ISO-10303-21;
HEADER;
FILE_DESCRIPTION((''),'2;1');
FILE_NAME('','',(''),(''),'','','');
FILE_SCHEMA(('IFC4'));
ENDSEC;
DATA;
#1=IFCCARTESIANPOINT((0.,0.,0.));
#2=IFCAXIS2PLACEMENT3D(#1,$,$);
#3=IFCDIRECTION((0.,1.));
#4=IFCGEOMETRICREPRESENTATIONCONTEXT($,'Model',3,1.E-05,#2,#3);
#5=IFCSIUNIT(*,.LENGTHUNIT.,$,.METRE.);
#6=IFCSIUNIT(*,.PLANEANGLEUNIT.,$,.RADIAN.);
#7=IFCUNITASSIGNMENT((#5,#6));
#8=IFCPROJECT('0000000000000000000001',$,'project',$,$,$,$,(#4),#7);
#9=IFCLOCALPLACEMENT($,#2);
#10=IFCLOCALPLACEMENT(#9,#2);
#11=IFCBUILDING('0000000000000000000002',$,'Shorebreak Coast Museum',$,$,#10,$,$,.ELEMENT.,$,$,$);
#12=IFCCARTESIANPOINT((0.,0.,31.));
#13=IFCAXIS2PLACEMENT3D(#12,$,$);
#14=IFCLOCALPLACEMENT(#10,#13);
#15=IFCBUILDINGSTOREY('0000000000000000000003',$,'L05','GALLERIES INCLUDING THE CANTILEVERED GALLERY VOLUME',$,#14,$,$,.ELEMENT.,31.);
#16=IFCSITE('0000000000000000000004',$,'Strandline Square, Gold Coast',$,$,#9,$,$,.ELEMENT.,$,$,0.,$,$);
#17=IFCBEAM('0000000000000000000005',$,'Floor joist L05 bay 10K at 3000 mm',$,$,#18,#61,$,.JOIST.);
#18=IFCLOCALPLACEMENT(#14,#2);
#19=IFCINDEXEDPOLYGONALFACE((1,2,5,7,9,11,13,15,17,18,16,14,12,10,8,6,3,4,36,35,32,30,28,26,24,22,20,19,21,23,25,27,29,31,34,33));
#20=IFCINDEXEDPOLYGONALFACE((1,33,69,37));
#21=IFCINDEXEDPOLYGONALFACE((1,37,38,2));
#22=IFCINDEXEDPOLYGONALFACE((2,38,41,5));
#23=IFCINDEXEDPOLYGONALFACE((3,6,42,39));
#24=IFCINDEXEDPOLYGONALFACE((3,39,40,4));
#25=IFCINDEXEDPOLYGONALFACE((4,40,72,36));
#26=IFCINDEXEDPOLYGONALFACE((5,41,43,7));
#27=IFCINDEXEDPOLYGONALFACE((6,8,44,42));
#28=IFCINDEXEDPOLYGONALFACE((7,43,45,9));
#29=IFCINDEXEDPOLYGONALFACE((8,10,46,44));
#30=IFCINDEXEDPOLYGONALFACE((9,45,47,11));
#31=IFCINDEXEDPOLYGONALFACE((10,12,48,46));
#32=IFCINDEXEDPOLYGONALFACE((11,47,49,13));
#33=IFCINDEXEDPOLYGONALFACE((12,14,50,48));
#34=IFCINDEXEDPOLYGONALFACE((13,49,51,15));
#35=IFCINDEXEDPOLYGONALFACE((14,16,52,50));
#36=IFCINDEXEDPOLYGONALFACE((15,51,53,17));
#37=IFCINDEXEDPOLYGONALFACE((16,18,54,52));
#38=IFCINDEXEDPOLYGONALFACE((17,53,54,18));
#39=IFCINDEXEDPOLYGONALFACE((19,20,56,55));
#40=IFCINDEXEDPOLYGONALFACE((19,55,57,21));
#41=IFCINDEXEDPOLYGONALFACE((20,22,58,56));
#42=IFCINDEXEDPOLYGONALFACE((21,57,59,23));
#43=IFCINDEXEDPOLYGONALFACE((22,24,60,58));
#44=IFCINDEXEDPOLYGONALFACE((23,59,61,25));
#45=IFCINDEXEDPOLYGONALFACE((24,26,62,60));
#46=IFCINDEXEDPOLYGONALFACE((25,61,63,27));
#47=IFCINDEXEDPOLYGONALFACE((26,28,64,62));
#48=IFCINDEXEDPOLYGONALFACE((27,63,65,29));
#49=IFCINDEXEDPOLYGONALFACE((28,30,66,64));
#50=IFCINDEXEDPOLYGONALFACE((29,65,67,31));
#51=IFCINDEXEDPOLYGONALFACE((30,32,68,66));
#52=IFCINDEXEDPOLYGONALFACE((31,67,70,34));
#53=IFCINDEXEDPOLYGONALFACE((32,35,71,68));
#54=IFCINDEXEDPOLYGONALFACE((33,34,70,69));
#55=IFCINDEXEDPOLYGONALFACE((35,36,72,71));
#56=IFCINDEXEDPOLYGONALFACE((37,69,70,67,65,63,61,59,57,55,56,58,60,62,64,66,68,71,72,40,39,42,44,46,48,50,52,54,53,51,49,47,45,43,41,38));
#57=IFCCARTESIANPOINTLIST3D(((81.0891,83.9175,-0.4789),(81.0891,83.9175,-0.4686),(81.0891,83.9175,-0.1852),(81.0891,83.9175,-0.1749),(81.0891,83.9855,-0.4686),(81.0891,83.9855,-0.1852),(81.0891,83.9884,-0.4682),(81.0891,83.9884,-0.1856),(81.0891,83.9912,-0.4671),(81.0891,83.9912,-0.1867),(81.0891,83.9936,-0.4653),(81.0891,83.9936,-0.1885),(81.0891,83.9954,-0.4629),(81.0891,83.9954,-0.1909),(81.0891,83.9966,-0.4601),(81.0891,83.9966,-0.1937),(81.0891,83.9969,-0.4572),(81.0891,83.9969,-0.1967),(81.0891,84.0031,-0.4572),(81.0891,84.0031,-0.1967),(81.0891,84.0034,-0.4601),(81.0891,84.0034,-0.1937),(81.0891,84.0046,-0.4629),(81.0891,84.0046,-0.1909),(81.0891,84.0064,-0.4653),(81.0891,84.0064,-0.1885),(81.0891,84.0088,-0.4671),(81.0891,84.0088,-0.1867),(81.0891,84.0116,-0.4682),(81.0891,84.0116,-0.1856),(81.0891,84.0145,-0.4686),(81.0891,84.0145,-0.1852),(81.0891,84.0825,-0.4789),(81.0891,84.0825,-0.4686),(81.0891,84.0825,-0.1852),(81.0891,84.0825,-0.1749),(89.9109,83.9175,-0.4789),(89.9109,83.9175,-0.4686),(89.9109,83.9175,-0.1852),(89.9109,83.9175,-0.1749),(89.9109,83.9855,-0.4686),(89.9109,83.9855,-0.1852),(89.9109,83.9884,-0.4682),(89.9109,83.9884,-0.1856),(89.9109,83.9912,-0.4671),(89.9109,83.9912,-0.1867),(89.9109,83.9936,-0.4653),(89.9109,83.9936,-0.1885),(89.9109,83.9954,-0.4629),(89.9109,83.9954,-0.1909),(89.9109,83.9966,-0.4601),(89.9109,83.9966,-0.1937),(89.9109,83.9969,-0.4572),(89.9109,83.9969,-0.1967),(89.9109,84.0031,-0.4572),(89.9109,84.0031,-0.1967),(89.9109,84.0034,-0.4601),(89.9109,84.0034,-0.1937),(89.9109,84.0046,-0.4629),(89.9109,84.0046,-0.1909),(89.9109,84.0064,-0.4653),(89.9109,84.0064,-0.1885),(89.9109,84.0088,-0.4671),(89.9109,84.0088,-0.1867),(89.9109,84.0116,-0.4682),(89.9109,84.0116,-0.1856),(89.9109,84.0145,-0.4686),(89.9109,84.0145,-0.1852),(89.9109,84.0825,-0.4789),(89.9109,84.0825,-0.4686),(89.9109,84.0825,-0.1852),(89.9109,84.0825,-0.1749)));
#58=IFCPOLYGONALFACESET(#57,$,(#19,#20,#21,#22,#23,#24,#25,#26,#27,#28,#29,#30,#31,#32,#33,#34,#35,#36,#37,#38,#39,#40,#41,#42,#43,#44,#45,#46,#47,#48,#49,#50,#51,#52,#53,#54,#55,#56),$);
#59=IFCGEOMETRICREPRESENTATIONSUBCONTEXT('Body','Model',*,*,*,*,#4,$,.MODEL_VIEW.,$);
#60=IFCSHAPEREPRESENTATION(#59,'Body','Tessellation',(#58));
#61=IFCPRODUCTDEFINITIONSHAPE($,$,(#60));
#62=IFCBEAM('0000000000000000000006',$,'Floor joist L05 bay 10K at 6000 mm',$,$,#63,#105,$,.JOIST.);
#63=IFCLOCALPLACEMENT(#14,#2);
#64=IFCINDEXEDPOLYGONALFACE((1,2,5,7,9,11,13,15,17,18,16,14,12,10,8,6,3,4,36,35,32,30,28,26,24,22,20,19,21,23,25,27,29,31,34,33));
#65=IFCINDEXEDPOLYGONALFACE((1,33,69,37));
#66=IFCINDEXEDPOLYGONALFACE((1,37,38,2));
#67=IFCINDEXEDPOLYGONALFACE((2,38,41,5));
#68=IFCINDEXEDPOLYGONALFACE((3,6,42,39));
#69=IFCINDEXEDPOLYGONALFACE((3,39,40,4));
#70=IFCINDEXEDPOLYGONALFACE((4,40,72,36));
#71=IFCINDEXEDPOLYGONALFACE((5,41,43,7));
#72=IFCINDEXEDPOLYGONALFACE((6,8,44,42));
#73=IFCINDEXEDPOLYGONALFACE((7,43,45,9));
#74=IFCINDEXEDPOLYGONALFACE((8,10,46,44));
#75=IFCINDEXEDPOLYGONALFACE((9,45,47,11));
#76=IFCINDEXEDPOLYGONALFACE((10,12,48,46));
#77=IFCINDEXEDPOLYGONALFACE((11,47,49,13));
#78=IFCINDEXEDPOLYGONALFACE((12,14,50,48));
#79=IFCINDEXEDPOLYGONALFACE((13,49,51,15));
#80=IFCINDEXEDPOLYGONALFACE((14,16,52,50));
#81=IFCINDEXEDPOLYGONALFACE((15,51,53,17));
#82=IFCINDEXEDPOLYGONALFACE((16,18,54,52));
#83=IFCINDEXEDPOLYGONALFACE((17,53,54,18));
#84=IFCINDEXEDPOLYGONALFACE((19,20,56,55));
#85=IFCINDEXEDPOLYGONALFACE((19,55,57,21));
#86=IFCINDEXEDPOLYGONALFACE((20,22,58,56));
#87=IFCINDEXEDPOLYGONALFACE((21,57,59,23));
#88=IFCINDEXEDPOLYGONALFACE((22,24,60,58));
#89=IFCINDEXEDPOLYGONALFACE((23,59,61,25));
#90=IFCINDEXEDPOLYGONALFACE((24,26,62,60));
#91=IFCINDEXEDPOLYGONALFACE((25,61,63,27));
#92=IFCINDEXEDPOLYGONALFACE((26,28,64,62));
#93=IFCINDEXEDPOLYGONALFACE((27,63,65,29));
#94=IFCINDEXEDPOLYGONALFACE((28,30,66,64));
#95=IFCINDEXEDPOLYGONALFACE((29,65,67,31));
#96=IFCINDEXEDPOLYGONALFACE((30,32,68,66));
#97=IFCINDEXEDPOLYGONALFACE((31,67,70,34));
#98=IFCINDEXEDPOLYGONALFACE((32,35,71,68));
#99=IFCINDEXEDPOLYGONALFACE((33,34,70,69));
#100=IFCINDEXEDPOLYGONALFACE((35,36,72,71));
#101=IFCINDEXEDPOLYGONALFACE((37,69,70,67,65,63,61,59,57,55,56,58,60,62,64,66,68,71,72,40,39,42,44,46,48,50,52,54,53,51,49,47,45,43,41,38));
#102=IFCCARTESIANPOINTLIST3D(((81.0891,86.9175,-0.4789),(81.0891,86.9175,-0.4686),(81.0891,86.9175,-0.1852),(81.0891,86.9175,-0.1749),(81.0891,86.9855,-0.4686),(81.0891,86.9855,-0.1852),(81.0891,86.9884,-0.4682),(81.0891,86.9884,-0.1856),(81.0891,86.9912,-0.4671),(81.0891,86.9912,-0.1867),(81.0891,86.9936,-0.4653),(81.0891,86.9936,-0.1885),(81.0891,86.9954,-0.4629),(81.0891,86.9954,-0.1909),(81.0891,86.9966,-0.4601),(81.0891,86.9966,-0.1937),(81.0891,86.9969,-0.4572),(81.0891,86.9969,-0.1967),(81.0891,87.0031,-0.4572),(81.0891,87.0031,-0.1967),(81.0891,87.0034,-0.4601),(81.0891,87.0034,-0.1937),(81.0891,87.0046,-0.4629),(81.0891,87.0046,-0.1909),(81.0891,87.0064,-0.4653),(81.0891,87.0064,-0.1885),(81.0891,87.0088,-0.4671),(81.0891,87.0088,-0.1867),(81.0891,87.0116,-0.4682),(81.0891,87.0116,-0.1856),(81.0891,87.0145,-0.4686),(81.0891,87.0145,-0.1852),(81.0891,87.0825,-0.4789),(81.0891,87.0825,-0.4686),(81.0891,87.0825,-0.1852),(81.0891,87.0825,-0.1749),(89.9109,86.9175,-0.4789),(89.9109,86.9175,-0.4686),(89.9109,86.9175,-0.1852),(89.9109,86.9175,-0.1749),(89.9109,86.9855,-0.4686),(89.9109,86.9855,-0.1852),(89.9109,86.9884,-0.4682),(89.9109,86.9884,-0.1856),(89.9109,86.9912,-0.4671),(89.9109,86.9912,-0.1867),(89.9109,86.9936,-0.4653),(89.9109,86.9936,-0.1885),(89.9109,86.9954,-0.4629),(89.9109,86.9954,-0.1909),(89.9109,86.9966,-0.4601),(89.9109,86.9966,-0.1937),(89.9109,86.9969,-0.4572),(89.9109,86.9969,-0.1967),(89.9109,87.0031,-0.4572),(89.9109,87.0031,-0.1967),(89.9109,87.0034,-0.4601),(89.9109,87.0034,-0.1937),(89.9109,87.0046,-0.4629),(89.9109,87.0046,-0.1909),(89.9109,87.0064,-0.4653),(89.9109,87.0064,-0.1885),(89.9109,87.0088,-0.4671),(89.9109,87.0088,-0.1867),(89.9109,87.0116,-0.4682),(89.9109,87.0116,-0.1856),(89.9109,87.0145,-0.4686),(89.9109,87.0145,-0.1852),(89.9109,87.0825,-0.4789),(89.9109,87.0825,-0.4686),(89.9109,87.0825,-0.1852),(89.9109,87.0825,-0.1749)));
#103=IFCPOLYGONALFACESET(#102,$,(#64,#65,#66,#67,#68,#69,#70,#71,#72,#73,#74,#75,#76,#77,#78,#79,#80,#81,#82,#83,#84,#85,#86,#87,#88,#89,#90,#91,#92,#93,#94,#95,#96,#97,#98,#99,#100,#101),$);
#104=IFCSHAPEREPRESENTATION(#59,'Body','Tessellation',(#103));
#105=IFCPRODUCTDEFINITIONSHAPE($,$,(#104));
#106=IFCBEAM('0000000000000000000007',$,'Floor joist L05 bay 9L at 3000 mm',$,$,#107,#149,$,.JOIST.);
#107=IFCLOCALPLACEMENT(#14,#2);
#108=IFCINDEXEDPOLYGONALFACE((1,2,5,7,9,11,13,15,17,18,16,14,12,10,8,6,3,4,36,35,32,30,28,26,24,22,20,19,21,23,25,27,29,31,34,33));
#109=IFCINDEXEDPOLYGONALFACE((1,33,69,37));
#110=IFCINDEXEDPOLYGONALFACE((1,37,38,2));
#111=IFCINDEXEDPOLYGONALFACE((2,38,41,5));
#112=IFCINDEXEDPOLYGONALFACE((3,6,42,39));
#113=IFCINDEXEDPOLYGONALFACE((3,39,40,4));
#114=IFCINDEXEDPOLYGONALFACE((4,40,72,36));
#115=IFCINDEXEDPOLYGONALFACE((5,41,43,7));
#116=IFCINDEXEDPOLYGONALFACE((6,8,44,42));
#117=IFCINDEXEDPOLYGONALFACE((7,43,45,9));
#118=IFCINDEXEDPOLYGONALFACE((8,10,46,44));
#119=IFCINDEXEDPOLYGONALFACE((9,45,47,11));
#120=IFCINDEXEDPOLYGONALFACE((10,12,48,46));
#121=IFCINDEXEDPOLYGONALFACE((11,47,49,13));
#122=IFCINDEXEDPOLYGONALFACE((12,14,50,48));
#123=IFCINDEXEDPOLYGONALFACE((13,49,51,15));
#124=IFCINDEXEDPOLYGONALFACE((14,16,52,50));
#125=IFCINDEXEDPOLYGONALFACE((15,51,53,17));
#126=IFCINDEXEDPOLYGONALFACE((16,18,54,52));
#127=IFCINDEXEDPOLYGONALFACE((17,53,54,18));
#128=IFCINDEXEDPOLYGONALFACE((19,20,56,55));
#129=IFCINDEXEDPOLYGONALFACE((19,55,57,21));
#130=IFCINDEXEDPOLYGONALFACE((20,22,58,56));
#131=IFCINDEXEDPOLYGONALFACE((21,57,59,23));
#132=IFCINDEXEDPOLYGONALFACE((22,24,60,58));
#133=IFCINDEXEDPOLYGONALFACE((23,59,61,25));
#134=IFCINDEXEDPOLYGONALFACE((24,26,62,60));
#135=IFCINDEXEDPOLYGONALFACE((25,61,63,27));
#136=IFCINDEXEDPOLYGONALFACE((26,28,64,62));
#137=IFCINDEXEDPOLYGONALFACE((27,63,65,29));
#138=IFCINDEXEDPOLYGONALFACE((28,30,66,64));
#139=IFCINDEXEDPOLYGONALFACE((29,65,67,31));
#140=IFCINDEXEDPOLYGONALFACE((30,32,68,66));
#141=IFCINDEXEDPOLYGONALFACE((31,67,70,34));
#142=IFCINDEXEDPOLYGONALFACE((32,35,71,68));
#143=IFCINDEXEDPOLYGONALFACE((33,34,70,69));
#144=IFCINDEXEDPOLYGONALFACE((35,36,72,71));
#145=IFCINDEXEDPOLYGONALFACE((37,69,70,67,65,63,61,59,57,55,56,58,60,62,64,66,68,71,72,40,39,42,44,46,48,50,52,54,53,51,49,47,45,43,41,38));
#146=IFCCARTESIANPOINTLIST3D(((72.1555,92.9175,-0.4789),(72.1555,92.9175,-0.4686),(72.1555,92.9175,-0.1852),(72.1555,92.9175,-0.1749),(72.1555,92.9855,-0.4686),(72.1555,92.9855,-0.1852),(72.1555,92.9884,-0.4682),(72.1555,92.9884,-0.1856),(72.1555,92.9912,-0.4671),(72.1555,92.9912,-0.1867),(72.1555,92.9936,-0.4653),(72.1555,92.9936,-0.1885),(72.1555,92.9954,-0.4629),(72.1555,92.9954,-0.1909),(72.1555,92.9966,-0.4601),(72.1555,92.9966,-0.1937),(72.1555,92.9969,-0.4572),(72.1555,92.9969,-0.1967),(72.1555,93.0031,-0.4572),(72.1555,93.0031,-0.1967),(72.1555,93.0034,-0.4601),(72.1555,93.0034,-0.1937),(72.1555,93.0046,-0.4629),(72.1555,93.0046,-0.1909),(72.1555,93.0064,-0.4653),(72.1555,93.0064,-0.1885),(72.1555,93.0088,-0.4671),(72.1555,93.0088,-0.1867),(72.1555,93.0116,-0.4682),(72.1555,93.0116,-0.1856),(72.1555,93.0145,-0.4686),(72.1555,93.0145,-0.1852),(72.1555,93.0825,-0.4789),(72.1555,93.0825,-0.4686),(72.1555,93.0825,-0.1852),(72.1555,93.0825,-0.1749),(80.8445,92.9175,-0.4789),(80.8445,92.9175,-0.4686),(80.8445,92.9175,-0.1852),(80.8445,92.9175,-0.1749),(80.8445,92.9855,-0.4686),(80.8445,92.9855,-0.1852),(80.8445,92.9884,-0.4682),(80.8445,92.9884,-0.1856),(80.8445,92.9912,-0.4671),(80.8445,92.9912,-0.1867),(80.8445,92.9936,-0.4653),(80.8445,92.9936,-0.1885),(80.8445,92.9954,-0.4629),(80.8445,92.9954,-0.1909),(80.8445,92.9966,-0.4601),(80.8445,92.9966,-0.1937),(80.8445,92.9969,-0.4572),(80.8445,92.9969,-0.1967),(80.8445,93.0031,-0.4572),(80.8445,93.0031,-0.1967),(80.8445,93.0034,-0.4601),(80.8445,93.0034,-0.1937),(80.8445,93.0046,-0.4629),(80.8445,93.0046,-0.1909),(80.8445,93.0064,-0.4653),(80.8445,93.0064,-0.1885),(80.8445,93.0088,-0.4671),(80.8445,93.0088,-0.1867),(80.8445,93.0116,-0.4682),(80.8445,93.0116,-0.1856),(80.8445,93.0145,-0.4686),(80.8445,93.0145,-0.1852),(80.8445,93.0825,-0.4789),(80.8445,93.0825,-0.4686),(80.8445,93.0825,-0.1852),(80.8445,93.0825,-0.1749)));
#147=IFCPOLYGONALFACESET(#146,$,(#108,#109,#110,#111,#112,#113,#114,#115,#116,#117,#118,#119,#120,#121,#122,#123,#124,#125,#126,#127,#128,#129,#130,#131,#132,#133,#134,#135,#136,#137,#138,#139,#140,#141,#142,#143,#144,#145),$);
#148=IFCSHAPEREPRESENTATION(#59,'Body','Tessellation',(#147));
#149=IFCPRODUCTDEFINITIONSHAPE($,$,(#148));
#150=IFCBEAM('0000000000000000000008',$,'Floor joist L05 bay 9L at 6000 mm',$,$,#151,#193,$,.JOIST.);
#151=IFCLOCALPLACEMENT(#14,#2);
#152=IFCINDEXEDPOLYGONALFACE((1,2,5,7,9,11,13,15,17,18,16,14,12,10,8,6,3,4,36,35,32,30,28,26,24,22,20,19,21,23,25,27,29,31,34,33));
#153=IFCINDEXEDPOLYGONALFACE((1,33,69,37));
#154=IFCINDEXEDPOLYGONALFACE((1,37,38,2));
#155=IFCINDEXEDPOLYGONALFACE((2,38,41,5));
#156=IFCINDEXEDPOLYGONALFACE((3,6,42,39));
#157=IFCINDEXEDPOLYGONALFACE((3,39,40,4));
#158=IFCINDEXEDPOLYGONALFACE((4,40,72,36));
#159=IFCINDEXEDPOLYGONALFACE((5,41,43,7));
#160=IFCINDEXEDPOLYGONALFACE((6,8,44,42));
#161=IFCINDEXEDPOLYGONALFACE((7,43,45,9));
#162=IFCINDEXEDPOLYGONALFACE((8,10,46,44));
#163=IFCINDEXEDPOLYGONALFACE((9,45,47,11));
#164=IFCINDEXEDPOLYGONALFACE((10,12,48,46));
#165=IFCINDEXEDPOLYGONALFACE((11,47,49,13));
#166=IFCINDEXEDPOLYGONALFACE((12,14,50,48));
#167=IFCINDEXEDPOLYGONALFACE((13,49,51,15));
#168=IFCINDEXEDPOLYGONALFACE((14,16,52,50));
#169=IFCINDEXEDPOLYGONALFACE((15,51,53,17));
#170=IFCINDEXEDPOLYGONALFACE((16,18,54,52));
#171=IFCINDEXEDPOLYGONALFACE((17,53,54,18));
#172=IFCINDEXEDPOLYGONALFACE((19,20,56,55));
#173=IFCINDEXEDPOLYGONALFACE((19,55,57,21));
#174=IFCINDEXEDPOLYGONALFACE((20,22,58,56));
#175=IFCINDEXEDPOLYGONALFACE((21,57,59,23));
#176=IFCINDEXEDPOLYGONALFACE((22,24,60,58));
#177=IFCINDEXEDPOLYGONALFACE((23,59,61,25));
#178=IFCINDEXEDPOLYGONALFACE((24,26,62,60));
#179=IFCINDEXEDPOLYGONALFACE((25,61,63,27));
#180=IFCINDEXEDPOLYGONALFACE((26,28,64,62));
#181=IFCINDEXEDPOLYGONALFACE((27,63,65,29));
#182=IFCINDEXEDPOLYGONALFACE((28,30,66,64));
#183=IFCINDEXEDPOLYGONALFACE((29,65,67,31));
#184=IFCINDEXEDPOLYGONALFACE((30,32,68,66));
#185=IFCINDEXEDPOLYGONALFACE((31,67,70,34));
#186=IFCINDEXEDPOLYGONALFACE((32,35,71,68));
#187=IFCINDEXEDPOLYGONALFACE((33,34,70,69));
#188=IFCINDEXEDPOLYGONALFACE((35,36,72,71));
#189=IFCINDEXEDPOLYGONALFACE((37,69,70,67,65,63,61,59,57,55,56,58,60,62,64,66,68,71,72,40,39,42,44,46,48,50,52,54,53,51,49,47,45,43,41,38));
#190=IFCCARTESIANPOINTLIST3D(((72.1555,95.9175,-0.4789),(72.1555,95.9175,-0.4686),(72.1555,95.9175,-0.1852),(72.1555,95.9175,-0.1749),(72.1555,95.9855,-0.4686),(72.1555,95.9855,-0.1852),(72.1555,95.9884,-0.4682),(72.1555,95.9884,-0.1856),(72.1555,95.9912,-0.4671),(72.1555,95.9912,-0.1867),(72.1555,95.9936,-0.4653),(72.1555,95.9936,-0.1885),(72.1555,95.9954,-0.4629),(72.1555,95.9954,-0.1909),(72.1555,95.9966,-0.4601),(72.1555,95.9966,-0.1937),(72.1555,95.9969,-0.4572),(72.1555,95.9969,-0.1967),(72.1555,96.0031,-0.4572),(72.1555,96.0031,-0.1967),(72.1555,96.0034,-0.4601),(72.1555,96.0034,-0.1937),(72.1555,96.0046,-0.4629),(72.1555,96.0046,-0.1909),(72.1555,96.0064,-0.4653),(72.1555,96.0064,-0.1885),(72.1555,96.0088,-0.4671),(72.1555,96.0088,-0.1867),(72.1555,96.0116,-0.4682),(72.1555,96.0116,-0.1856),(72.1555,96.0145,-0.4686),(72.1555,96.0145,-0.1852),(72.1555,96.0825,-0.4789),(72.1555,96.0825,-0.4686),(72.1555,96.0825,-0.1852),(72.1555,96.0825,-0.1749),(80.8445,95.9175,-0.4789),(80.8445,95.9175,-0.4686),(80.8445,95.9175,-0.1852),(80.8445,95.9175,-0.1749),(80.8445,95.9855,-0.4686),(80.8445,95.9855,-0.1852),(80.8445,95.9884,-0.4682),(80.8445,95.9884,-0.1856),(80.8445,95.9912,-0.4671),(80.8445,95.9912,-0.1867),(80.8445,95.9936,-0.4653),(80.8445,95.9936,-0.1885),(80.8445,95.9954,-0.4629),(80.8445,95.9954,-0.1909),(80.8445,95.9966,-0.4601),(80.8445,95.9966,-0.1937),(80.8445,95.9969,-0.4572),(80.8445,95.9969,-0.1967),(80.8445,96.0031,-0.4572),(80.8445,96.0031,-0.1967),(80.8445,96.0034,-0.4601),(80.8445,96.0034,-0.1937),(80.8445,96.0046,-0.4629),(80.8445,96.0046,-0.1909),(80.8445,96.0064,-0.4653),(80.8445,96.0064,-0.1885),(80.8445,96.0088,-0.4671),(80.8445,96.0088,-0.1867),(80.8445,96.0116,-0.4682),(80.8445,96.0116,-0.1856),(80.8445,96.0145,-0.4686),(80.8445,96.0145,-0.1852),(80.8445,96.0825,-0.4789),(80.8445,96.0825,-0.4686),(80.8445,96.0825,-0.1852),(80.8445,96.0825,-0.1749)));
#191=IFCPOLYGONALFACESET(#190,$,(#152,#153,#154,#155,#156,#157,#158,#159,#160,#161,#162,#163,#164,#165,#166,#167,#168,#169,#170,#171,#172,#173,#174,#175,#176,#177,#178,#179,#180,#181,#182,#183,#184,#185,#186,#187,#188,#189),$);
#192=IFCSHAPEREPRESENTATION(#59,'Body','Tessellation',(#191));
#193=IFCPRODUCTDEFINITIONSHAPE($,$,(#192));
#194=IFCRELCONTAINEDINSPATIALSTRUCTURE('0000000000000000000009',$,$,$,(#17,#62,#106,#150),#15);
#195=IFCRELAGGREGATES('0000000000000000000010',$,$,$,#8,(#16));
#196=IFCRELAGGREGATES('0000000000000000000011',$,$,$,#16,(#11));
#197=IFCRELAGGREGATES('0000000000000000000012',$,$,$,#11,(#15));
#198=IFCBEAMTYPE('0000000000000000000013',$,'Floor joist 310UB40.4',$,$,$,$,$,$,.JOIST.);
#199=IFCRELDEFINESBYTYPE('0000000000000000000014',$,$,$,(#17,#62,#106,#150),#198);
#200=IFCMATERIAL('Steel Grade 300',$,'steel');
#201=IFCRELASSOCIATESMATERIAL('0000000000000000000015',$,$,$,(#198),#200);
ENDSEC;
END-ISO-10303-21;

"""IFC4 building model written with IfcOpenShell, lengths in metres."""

from ifc_helpers import new_model, si_unit, direction, frame, origin, origin_2d, place, context, subcontext, project, spatial, i_section, extrude, material, material_profile, profile_set, type_object, element, save


model = new_model("IFC4")

# Units and contexts
model_context = context("Model", 3, precision=1e-05, world=origin(), true_north=direction((0.0, 1.0)))
body_context = subcontext(model_context, "Body", "Model", "MODEL_VIEW")
ifc_project = project(units=[si_unit("LENGTHUNIT", "METRE"), si_unit("PLANEANGLEUNIT", "RADIAN")], contexts=[model_context])

# Site, building, storey
site_placement = place(None, origin())
site = spatial("IfcSite", under=ifc_project, at=site_placement, Name="Strandline Square, Gold Coast", CompositionType="ELEMENT", RefElevation=0.0)
building_placement = place(site_placement, origin())
building = spatial("IfcBuilding", under=site, at=building_placement, Name="Shorebreak Coast Museum", CompositionType="ELEMENT")
storey_placement = place(building_placement, frame((0.0, 0.0, 31.0)))
storey = spatial("IfcBuildingStorey", under=building, at=storey_placement, Name="L05", Description="GALLERIES INCLUDING THE CANTILEVERED GALLERY VOLUME", CompositionType="ELEMENT", Elevation=31.0)

# Beams
ifc_material_1 = material(Name="Steel Grade 300", Category="steel")
ifc_material_profile_1 = material_profile(ifc_material_1, i_section(OverallWidth=0.165, OverallDepth=0.304, WebThickness=0.0061, FlangeThickness=0.0103, FilletRadius=0.0115, at=origin_2d()), Name="310UB40.4")
ifc_profile_set_1 = profile_set([ifc_material_profile_1], Name="Steel Grade 300")
beam_type_1 = type_object("IfcBeamType", Name="Floor joist 310UB40.4", PredefinedType="JOIST", material=ifc_profile_set_1)
for number, where, z_axis, x_axis, name in (
    (1, (81.0891, 84.0, -0.3269), (1.0, 0.0, 0.0), (0.0, 1.0, 0.0), "Floor joist L05 bay 10K at 3000 mm"),
    (2, (81.0891, 87.0, -0.3269), (1.0, 0.0, 0.0), (0.0, 1.0, 0.0), "Floor joist L05 bay 10K at 6000 mm"),
):
    element("IfcBeam", number, at=place(storey_placement, frame(where, z_axis=z_axis, x_axis=x_axis)), inside=storey, type_object=beam_type_1, Name=name, PredefinedType="JOIST", context=body_context, shape_type="SweptSolid", body=[
        extrude(i_section(OverallWidth=0.165, OverallDepth=0.304, WebThickness=0.0061, FlangeThickness=0.0103, FilletRadius=0.0115, at=origin_2d()), origin(), (0.0, 0.0, 1.0), 8.8218),
    ])
for number, where, z_axis, x_axis, name in (
    (3, (72.1555, 93.0, -0.3269), (1.0, 0.0, 0.0), (0.0, 1.0, 0.0), "Floor joist L05 bay 9L at 3000 mm"),
    (4, (72.1555, 96.0, -0.3269), (1.0, 0.0, 0.0), (0.0, 1.0, 0.0), "Floor joist L05 bay 9L at 6000 mm"),
):
    element("IfcBeam", number, at=place(storey_placement, frame(where, z_axis=z_axis, x_axis=x_axis)), inside=storey, type_object=beam_type_1, Name=name, PredefinedType="JOIST", context=body_context, shape_type="SweptSolid", body=[
        extrude(i_section(OverallWidth=0.165, OverallDepth=0.304, WebThickness=0.0061, FlangeThickness=0.0103, FilletRadius=0.0115, at=origin_2d()), origin(), (0.0, 0.0, 1.0), 8.689),
    ])

save(model, "model.ifc")
